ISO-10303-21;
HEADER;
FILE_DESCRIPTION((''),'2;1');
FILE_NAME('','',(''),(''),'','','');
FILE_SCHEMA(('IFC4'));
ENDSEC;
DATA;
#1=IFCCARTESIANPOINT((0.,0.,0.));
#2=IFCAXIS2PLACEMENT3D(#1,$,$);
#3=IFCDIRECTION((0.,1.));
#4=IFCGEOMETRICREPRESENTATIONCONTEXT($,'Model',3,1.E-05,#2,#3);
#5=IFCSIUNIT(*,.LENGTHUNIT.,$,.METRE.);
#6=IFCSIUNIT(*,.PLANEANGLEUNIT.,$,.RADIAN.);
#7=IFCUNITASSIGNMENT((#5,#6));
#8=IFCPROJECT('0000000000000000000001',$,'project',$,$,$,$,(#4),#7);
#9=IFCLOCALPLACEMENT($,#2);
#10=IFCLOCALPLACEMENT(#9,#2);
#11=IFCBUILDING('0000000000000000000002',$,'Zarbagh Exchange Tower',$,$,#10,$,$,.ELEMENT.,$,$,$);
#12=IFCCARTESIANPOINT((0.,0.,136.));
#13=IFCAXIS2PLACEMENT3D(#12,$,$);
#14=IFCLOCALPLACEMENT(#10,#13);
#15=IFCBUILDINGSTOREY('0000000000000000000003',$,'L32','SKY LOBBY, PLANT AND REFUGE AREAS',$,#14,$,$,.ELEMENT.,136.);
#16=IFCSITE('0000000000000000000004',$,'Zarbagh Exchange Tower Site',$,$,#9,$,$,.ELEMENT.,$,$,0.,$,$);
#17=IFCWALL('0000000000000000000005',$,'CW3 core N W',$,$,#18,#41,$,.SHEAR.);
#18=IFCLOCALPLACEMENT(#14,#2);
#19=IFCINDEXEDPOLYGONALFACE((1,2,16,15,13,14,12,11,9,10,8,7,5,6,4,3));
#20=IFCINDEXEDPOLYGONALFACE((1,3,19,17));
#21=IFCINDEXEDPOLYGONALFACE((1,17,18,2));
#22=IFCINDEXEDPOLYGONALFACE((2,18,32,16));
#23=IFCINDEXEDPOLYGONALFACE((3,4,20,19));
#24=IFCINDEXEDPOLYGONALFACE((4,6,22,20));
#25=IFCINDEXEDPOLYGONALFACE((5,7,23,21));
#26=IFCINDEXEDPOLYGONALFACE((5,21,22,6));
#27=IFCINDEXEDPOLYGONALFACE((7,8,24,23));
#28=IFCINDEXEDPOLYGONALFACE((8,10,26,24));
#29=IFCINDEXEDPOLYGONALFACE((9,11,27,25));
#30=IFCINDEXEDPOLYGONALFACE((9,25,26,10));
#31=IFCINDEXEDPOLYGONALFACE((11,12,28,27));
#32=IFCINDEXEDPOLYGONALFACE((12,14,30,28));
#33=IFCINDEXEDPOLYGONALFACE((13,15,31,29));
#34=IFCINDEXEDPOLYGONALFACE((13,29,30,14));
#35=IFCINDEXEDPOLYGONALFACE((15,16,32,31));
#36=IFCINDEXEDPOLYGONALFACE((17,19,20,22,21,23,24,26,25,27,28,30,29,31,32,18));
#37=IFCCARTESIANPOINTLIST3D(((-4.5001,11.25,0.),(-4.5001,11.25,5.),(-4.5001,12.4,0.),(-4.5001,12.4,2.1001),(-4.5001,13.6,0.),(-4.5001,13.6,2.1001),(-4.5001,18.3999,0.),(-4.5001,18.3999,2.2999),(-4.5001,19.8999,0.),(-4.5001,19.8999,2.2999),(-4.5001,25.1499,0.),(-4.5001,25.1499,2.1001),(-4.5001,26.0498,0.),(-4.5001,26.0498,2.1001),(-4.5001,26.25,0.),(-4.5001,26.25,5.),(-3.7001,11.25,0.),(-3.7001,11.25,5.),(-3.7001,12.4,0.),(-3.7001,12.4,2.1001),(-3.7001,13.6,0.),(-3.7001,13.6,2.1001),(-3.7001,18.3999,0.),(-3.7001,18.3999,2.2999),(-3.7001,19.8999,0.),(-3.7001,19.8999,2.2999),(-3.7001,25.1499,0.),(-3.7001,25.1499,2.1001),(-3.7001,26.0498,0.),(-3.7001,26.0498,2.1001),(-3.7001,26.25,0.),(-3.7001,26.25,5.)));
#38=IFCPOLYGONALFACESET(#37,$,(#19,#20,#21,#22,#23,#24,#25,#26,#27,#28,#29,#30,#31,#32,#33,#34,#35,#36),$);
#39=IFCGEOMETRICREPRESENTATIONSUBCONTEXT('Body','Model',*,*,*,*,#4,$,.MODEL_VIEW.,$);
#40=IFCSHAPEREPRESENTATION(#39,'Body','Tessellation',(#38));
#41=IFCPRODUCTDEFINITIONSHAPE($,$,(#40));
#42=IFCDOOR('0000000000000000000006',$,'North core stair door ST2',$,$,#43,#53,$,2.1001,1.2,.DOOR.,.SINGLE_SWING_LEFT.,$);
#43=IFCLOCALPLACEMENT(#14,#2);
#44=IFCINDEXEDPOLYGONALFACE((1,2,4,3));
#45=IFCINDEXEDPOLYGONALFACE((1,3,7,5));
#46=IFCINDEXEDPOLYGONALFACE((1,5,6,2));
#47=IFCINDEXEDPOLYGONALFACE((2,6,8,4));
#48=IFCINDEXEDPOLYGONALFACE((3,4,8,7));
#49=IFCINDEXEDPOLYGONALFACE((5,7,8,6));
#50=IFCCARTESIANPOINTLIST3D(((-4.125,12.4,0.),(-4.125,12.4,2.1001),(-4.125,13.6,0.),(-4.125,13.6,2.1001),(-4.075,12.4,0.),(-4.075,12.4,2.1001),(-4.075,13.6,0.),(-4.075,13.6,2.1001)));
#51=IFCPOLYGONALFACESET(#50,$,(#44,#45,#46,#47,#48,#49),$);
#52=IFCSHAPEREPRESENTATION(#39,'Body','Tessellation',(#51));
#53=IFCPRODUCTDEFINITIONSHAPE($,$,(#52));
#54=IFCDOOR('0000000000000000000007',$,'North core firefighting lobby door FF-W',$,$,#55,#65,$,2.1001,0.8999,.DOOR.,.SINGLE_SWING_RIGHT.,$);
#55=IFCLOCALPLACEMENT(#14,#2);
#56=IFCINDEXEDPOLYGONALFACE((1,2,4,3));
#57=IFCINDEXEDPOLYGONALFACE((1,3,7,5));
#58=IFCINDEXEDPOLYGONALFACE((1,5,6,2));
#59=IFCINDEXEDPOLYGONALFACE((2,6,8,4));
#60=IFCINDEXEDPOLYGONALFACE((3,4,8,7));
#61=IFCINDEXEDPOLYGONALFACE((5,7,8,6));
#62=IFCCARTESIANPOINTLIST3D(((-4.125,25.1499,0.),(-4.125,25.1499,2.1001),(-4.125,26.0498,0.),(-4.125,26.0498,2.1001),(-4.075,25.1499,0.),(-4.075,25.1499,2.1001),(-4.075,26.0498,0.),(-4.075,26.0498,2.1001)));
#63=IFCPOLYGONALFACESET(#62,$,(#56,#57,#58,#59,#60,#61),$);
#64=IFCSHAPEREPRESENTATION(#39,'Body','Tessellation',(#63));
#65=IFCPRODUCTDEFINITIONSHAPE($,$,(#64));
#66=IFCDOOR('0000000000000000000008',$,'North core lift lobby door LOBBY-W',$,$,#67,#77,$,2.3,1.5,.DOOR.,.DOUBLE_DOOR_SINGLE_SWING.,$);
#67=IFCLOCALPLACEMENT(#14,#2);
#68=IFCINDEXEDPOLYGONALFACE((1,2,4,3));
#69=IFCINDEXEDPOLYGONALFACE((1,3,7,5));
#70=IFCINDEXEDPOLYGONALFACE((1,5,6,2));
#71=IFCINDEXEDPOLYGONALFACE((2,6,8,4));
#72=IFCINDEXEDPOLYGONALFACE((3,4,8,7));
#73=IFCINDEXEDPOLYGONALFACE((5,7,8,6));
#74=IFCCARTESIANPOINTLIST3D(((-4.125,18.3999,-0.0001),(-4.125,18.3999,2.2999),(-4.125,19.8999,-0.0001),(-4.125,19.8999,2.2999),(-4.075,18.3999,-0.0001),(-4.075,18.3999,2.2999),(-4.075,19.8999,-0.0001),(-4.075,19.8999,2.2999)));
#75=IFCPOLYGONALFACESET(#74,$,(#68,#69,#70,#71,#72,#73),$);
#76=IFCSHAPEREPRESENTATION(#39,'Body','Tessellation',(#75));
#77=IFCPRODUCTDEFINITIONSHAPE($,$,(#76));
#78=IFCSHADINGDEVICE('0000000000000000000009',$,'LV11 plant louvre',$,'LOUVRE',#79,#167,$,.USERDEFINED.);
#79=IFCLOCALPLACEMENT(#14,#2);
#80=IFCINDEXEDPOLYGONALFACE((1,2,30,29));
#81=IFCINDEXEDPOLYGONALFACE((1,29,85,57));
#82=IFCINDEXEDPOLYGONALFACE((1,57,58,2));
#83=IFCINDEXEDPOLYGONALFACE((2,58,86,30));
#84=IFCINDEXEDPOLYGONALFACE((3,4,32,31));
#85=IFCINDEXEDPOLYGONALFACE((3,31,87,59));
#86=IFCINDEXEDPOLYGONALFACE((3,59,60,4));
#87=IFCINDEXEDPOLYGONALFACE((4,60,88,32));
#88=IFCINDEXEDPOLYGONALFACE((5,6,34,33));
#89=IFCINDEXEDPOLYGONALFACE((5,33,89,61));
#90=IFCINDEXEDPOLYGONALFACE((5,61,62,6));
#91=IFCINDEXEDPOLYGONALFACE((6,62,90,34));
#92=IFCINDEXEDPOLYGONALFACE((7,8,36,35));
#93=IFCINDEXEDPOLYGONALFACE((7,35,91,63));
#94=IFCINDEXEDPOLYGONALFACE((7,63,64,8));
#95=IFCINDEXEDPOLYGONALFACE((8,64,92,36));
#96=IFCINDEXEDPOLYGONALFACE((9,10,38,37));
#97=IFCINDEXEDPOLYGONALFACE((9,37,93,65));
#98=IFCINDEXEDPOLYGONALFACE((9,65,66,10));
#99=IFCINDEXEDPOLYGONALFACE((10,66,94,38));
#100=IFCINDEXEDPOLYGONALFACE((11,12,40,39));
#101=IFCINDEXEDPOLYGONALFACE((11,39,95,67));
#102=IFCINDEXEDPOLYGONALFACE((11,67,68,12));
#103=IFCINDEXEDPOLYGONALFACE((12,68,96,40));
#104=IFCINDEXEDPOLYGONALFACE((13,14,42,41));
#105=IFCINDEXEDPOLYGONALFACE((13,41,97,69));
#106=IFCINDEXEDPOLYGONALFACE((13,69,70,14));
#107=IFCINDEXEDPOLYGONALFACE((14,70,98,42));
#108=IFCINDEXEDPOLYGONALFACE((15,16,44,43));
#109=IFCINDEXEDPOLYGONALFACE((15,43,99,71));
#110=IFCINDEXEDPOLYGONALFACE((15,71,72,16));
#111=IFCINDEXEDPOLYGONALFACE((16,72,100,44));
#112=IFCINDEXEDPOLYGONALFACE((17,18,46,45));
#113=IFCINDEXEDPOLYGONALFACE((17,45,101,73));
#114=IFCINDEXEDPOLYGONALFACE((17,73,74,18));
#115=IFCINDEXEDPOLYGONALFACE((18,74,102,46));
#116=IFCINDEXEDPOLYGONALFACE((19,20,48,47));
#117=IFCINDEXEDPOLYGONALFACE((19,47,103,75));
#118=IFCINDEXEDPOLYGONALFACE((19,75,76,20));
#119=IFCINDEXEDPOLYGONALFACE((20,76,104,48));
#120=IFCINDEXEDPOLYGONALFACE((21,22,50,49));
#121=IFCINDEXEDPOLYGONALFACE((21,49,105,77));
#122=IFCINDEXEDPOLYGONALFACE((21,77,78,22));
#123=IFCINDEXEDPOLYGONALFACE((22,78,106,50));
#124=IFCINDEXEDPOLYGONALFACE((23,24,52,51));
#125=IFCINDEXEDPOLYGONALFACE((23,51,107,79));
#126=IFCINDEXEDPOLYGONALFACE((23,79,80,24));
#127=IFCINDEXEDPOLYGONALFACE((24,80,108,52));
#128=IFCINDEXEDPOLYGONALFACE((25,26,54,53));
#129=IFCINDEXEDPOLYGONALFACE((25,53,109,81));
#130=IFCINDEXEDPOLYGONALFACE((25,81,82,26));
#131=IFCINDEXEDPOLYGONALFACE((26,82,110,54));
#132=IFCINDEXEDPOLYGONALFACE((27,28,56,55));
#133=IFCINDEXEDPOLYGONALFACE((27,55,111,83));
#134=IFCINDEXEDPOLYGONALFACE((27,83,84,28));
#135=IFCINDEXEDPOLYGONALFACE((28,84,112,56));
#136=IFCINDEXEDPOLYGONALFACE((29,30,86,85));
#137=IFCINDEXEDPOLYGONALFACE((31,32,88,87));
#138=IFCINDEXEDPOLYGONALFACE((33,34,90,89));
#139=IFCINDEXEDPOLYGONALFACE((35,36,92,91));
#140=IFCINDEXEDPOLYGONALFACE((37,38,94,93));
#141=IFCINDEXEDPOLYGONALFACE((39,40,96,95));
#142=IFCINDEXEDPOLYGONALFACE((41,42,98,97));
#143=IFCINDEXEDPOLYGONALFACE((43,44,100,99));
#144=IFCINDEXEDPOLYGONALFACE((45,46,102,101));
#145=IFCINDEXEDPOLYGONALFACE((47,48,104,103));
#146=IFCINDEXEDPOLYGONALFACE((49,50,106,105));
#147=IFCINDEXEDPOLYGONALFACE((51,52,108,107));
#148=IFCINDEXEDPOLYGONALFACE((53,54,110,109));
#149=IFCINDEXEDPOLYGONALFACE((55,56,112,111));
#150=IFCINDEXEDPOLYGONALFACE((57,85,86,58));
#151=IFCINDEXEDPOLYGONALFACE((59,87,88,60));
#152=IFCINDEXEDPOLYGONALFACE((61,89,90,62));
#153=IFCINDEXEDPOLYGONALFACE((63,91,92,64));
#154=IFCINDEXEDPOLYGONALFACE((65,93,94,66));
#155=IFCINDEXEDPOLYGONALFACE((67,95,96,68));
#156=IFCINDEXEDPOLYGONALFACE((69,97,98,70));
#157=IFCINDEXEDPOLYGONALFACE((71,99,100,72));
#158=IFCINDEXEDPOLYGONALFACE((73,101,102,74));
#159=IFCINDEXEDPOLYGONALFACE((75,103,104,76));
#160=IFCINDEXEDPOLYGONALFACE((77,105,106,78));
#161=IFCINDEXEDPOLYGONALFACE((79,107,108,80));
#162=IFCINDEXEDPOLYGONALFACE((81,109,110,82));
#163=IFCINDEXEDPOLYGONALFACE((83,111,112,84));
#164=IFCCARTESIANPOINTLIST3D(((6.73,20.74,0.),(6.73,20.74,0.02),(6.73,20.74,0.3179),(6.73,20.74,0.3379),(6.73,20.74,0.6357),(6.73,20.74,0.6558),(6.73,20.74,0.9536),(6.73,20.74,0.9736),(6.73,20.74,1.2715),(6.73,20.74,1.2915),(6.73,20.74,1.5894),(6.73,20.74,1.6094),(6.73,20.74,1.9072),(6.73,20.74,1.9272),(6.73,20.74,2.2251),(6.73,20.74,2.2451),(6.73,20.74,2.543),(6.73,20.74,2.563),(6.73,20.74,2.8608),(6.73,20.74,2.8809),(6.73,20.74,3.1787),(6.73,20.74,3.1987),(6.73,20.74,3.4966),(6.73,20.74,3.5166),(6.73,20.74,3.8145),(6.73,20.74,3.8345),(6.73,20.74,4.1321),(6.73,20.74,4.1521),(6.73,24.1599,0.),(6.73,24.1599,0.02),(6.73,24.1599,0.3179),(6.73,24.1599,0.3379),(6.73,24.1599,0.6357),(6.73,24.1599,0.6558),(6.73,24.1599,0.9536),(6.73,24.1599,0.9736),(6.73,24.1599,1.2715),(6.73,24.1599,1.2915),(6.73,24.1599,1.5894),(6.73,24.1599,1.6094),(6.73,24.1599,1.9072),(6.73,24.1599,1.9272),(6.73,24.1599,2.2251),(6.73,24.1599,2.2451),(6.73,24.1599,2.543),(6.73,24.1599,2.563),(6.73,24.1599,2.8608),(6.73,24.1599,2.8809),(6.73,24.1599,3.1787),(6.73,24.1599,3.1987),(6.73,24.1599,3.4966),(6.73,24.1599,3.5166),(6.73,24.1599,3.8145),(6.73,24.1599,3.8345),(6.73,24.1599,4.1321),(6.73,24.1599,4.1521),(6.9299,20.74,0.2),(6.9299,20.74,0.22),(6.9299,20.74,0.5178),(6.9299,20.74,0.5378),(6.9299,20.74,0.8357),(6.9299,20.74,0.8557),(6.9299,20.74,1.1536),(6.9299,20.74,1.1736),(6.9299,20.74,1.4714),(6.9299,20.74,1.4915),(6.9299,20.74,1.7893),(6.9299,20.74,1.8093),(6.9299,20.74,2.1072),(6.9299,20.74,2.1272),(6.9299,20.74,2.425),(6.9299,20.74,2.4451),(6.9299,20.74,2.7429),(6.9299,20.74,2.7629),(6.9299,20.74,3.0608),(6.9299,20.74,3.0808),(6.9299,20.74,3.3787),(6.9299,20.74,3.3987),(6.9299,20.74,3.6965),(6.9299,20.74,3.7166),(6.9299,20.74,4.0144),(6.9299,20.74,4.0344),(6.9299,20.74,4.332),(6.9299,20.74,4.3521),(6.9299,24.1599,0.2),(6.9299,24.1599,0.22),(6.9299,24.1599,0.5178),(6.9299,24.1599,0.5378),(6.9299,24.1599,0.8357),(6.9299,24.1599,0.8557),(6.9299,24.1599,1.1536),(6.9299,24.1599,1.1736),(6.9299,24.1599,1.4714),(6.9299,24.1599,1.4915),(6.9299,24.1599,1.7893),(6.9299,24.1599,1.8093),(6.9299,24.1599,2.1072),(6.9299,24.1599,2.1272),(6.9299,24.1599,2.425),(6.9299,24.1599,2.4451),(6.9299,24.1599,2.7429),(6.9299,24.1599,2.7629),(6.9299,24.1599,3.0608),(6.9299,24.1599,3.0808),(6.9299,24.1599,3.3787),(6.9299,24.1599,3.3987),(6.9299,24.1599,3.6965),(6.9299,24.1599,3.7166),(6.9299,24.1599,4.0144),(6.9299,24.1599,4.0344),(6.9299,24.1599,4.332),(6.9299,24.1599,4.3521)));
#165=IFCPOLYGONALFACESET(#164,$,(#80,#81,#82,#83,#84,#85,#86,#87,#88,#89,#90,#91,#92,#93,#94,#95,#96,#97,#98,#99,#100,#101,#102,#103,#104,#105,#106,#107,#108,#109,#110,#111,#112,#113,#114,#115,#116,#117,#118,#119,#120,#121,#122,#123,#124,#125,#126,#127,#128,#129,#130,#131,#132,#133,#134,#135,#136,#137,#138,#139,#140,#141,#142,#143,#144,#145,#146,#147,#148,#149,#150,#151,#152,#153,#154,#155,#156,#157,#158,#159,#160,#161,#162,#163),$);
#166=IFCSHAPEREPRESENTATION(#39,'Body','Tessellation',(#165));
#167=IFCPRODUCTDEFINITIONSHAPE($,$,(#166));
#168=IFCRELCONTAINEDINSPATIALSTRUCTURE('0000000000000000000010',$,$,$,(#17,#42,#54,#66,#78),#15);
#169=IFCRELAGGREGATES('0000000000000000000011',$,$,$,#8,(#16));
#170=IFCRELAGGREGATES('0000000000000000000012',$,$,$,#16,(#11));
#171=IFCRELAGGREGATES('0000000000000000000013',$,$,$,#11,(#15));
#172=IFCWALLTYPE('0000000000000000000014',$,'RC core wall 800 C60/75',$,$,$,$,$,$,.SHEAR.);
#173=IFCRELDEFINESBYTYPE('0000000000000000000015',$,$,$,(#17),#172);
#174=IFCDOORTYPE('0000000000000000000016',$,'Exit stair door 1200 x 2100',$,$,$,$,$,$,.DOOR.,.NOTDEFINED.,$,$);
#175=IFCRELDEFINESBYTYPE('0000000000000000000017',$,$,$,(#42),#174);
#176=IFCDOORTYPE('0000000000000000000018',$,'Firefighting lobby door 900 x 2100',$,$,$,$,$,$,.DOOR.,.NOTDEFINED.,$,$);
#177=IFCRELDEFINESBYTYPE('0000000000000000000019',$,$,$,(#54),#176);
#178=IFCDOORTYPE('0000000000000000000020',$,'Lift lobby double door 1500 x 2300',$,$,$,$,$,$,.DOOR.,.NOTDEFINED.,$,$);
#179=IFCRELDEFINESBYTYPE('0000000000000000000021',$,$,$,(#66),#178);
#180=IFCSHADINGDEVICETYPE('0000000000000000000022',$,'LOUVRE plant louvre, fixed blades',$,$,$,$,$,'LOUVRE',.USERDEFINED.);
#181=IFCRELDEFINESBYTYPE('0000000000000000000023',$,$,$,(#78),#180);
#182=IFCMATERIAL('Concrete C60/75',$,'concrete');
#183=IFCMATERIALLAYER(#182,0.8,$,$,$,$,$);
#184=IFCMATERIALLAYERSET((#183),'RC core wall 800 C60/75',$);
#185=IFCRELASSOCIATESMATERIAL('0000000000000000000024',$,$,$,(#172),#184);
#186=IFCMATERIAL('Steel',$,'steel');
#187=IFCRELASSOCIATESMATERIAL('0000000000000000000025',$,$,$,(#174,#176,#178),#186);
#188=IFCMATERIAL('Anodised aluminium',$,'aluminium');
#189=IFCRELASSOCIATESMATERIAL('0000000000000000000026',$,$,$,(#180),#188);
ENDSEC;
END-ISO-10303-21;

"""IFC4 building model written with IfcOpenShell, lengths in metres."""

from ifc_helpers import new_model, si_unit, direction, frame, frame_2d, origin, place, context, subcontext, project, spatial, polyline, rectangle, outline, extrude, source, transform, mapped, material, layer, layer_set, type_object, element, fill, save


model = new_model("IFC4")

# Units and contexts
model_context = context("Model", 3, precision=1e-05, world=origin(), true_north=direction((0.0, 1.0)))
body_context = subcontext(model_context, "Body", "Model", "MODEL_VIEW")
ifc_project = project(units=[si_unit("LENGTHUNIT", "METRE"), si_unit("PLANEANGLEUNIT", "RADIAN")], contexts=[model_context])

# Site, building, storey
site_placement = place(None, origin())
site = spatial("IfcSite", under=ifc_project, at=site_placement, Name="Zarbagh Exchange Tower Site", CompositionType="ELEMENT", RefElevation=0.0)
building_placement = place(site_placement, origin())
building = spatial("IfcBuilding", under=site, at=building_placement, Name="Zarbagh Exchange Tower", CompositionType="ELEMENT")
storey_placement = place(building_placement, frame((0.0, 0.0, 136.0)))
storey = spatial("IfcBuildingStorey", under=building, at=storey_placement, Name="L32", Description="SKY LOBBY, PLANT AND REFUGE AREAS", CompositionType="ELEMENT", Elevation=136.0)

# Wall, openings, doors
ifc_material_1 = material(Name="Concrete C60/75", Category="concrete")
ifc_layer_1 = layer(ifc_material_1, 0.8)
ifc_layer_set_1 = layer_set([ifc_layer_1], Name="RC core wall 800 C60/75")
wall_type_1 = type_object("IfcWallType", Name="RC core wall 800 C60/75", PredefinedType="SHEAR", material=ifc_layer_set_1)
wall_1_placement = place(storey_placement, frame((-4.1001, 11.25, 0.0), z_axis=(0.0, 0.0, 1.0), x_axis=(0.0, 1.0, 0.0)))
wall_1 = element("IfcWall", 1, at=wall_1_placement, inside=storey, type_object=wall_type_1, Name="CW3 core N W", PredefinedType="SHEAR", context=body_context, shape_type="SweptSolid", body=[
    extrude(rectangle(XDim=15.0, YDim=0.8, at=frame_2d((7.5, 0.0))), origin(), (0.0, 0.0, 1.0), 5.0),
])
opening_1_placement = place(wall_1_placement, frame((7.1499, 0.0, 0.0)))
opening_1 = element("IfcOpeningElement", 2, at=opening_1_placement, cuts=wall_1, PredefinedType="OPENING", context=body_context, shape_type="SweptSolid", body=[
    extrude(rectangle(XDim=1.5, YDim=2.3, at=frame_2d((0.75, 1.1499))), frame((0.0, 0.4099, 0.0), z_axis=(0.0, -1.0, 0.0), x_axis=(1.0, 0.0, 0.0)), (0.0, 0.0, 1.0), 0.8201),
])
opening_2_placement = place(wall_1_placement, frame((13.8999, 0.0, 0.0)))
opening_2 = element("IfcOpeningElement", 3, at=opening_2_placement, cuts=wall_1, PredefinedType="OPENING", context=body_context, shape_type="SweptSolid", body=[
    extrude(rectangle(XDim=0.8999, YDim=2.1001, at=frame_2d((0.45, 1.05))), frame((0.0, 0.4099, 0.0), z_axis=(0.0, -1.0, 0.0), x_axis=(1.0, 0.0, 0.0)), (0.0, 0.0, 1.0), 0.8201),
])
opening_3_placement = place(wall_1_placement, frame((1.1499, 0.0, 0.0)))
opening_3 = element("IfcOpeningElement", 4, at=opening_3_placement, cuts=wall_1, PredefinedType="OPENING", context=body_context, shape_type="SweptSolid", body=[
    extrude(rectangle(XDim=1.2, YDim=2.1001, at=frame_2d((0.6001, 1.05))), frame((0.0, 0.4099, 0.0), z_axis=(0.0, -1.0, 0.0), x_axis=(1.0, 0.0, 0.0)), (0.0, 0.0, 1.0), 0.8201),
])
ifc_material_2 = material(Name="Steel", Category="steel")
door_type_1 = type_object("IfcDoorType", Name="Exit stair door 1200 x 2100", OperationType="NOTDEFINED", PredefinedType="DOOR", material=ifc_material_2)
door_1_placement = place(opening_3_placement, origin())
door_1 = element("IfcDoor", 5, at=door_1_placement, inside=storey, type_object=door_type_1, Name="North core stair door ST2", OperationType="SINGLE_SWING_LEFT", OverallHeight=2.1001, OverallWidth=1.2, PredefinedType="DOOR", context=body_context, shape_type="SweptSolid", body=[
    extrude(rectangle(XDim=1.2, YDim=2.1001, at=frame_2d((0.6001, 1.05))), frame((0.0, 0.0249, 0.0), z_axis=(0.0, -1.0, 0.0), x_axis=(1.0, 0.0, 0.0)), (0.0, 0.0, 1.0), 0.05),
])
fill(opening_3, door_1)
door_type_2 = type_object("IfcDoorType", Name="Firefighting lobby door 900 x 2100", OperationType="NOTDEFINED", PredefinedType="DOOR", material=ifc_material_2)
door_2_placement = place(opening_2_placement, origin())
door_2 = element("IfcDoor", 6, at=door_2_placement, inside=storey, type_object=door_type_2, Name="North core firefighting lobby door FF-W", OperationType="SINGLE_SWING_RIGHT", OverallHeight=2.1001, OverallWidth=0.8999, PredefinedType="DOOR", context=body_context, shape_type="SweptSolid", body=[
    extrude(rectangle(XDim=0.8999, YDim=2.1001, at=frame_2d((0.45, 1.05))), frame((0.0, 0.0249, 0.0), z_axis=(0.0, -1.0, 0.0), x_axis=(1.0, 0.0, 0.0)), (0.0, 0.0, 1.0), 0.05),
])
fill(opening_2, door_2)
door_type_3 = type_object("IfcDoorType", Name="Lift lobby double door 1500 x 2300", OperationType="NOTDEFINED", PredefinedType="DOOR", material=ifc_material_2)
door_3_placement = place(opening_1_placement, origin())
door_3 = element("IfcDoor", 7, at=door_3_placement, inside=storey, type_object=door_type_3, Name="North core lift lobby door LOBBY-W", OperationType="DOUBLE_DOOR_SINGLE_SWING", OverallHeight=2.3, OverallWidth=1.5, PredefinedType="DOOR", context=body_context, shape_type="SweptSolid", body=[
    extrude(rectangle(XDim=1.5, YDim=2.3, at=frame_2d((0.75, 1.1499))), frame((0.0, 0.0249, 0.0), z_axis=(0.0, -1.0, 0.0), x_axis=(1.0, 0.0, 0.0)), (0.0, 0.0, 1.0), 0.05),
])
fill(opening_1, door_3)

# Shared definitions
placement = place(storey_placement, origin())

# Shading device
ifc_material_3 = material(Name="Anodised aluminium", Category="aluminium")
shading_device_type = type_object("IfcShadingDeviceType", Name="LOUVRE plant louvre, fixed blades", ElementType="LOUVRE", PredefinedType="USERDEFINED", material=ifc_material_3)
shared_shape_1 = source(origin(), body_context, "Body", "SweptSolid", [
    extrude(outline(polyline([(0.0, 0.2), (0.2, 0.0), (0.2, -0.02), (0.0, 0.1799), (0.0, 0.2)])), origin(), (0.0, 0.0, 1.0), 3.4199),
])
element("IfcShadingDevice", 8, at=placement, inside=storey, type_object=shading_device_type, Name="LV11 plant louvre", ObjectType="LOUVRE", PredefinedType="USERDEFINED", context=body_context, shape_type="MappedRepresentation", body=[
    mapped(shared_shape_1, transform((6.73, 20.74, 0.2), x_axis=(1.0, 0.0, 0.0), y_axis=(0.0, 0.0, -1.0), z_axis=(0.0, 1.0, 0.0))),
    mapped(shared_shape_1, transform((6.73, 20.74, 0.5178), x_axis=(1.0, 0.0, 0.0), y_axis=(0.0, 0.0, -1.0), z_axis=(0.0, 1.0, 0.0))),
    mapped(shared_shape_1, transform((6.73, 20.74, 0.8357), x_axis=(1.0, 0.0, 0.0), y_axis=(0.0, 0.0, -1.0), z_axis=(0.0, 1.0, 0.0))),
    mapped(shared_shape_1, transform((6.73, 20.74, 1.1536), x_axis=(1.0, 0.0, 0.0), y_axis=(0.0, 0.0, -1.0), z_axis=(0.0, 1.0, 0.0))),
    mapped(shared_shape_1, transform((6.73, 20.74, 1.4714), x_axis=(1.0, 0.0, 0.0), y_axis=(0.0, 0.0, -1.0), z_axis=(0.0, 1.0, 0.0))),
    mapped(shared_shape_1, transform((6.73, 20.74, 1.7893), x_axis=(1.0, 0.0, 0.0), y_axis=(0.0, 0.0, -1.0), z_axis=(0.0, 1.0, 0.0))),
    mapped(shared_shape_1, transform((6.73, 20.74, 2.1072), x_axis=(1.0, 0.0, 0.0), y_axis=(0.0, 0.0, -1.0), z_axis=(0.0, 1.0, 0.0))),
    mapped(shared_shape_1, transform((6.73, 20.74, 2.425), x_axis=(1.0, 0.0, 0.0), y_axis=(0.0, 0.0, -1.0), z_axis=(0.0, 1.0, 0.0))),
    mapped(shared_shape_1, transform((6.73, 20.74, 2.7429), x_axis=(1.0, 0.0, 0.0), y_axis=(0.0, 0.0, -1.0), z_axis=(0.0, 1.0, 0.0))),
    mapped(shared_shape_1, transform((6.73, 20.74, 3.0608), x_axis=(1.0, 0.0, 0.0), y_axis=(0.0, 0.0, -1.0), z_axis=(0.0, 1.0, 0.0))),
    mapped(shared_shape_1, transform((6.73, 20.74, 3.3787), x_axis=(1.0, 0.0, 0.0), y_axis=(0.0, 0.0, -1.0), z_axis=(0.0, 1.0, 0.0))),
    mapped(shared_shape_1, transform((6.73, 20.74, 3.6965), x_axis=(1.0, 0.0, 0.0), y_axis=(0.0, 0.0, -1.0), z_axis=(0.0, 1.0, 0.0))),
    mapped(shared_shape_1, transform((6.73, 20.74, 4.0144), x_axis=(1.0, 0.0, 0.0), y_axis=(0.0, 0.0, -1.0), z_axis=(0.0, 1.0, 0.0))),
    mapped(shared_shape_1, transform((6.73, 20.74, 4.332), x_axis=(1.0, 0.0, 0.0), y_axis=(0.0, 0.0, -1.0), z_axis=(0.0, 1.0, 0.0))),
])

save(model, "model.ifc")
